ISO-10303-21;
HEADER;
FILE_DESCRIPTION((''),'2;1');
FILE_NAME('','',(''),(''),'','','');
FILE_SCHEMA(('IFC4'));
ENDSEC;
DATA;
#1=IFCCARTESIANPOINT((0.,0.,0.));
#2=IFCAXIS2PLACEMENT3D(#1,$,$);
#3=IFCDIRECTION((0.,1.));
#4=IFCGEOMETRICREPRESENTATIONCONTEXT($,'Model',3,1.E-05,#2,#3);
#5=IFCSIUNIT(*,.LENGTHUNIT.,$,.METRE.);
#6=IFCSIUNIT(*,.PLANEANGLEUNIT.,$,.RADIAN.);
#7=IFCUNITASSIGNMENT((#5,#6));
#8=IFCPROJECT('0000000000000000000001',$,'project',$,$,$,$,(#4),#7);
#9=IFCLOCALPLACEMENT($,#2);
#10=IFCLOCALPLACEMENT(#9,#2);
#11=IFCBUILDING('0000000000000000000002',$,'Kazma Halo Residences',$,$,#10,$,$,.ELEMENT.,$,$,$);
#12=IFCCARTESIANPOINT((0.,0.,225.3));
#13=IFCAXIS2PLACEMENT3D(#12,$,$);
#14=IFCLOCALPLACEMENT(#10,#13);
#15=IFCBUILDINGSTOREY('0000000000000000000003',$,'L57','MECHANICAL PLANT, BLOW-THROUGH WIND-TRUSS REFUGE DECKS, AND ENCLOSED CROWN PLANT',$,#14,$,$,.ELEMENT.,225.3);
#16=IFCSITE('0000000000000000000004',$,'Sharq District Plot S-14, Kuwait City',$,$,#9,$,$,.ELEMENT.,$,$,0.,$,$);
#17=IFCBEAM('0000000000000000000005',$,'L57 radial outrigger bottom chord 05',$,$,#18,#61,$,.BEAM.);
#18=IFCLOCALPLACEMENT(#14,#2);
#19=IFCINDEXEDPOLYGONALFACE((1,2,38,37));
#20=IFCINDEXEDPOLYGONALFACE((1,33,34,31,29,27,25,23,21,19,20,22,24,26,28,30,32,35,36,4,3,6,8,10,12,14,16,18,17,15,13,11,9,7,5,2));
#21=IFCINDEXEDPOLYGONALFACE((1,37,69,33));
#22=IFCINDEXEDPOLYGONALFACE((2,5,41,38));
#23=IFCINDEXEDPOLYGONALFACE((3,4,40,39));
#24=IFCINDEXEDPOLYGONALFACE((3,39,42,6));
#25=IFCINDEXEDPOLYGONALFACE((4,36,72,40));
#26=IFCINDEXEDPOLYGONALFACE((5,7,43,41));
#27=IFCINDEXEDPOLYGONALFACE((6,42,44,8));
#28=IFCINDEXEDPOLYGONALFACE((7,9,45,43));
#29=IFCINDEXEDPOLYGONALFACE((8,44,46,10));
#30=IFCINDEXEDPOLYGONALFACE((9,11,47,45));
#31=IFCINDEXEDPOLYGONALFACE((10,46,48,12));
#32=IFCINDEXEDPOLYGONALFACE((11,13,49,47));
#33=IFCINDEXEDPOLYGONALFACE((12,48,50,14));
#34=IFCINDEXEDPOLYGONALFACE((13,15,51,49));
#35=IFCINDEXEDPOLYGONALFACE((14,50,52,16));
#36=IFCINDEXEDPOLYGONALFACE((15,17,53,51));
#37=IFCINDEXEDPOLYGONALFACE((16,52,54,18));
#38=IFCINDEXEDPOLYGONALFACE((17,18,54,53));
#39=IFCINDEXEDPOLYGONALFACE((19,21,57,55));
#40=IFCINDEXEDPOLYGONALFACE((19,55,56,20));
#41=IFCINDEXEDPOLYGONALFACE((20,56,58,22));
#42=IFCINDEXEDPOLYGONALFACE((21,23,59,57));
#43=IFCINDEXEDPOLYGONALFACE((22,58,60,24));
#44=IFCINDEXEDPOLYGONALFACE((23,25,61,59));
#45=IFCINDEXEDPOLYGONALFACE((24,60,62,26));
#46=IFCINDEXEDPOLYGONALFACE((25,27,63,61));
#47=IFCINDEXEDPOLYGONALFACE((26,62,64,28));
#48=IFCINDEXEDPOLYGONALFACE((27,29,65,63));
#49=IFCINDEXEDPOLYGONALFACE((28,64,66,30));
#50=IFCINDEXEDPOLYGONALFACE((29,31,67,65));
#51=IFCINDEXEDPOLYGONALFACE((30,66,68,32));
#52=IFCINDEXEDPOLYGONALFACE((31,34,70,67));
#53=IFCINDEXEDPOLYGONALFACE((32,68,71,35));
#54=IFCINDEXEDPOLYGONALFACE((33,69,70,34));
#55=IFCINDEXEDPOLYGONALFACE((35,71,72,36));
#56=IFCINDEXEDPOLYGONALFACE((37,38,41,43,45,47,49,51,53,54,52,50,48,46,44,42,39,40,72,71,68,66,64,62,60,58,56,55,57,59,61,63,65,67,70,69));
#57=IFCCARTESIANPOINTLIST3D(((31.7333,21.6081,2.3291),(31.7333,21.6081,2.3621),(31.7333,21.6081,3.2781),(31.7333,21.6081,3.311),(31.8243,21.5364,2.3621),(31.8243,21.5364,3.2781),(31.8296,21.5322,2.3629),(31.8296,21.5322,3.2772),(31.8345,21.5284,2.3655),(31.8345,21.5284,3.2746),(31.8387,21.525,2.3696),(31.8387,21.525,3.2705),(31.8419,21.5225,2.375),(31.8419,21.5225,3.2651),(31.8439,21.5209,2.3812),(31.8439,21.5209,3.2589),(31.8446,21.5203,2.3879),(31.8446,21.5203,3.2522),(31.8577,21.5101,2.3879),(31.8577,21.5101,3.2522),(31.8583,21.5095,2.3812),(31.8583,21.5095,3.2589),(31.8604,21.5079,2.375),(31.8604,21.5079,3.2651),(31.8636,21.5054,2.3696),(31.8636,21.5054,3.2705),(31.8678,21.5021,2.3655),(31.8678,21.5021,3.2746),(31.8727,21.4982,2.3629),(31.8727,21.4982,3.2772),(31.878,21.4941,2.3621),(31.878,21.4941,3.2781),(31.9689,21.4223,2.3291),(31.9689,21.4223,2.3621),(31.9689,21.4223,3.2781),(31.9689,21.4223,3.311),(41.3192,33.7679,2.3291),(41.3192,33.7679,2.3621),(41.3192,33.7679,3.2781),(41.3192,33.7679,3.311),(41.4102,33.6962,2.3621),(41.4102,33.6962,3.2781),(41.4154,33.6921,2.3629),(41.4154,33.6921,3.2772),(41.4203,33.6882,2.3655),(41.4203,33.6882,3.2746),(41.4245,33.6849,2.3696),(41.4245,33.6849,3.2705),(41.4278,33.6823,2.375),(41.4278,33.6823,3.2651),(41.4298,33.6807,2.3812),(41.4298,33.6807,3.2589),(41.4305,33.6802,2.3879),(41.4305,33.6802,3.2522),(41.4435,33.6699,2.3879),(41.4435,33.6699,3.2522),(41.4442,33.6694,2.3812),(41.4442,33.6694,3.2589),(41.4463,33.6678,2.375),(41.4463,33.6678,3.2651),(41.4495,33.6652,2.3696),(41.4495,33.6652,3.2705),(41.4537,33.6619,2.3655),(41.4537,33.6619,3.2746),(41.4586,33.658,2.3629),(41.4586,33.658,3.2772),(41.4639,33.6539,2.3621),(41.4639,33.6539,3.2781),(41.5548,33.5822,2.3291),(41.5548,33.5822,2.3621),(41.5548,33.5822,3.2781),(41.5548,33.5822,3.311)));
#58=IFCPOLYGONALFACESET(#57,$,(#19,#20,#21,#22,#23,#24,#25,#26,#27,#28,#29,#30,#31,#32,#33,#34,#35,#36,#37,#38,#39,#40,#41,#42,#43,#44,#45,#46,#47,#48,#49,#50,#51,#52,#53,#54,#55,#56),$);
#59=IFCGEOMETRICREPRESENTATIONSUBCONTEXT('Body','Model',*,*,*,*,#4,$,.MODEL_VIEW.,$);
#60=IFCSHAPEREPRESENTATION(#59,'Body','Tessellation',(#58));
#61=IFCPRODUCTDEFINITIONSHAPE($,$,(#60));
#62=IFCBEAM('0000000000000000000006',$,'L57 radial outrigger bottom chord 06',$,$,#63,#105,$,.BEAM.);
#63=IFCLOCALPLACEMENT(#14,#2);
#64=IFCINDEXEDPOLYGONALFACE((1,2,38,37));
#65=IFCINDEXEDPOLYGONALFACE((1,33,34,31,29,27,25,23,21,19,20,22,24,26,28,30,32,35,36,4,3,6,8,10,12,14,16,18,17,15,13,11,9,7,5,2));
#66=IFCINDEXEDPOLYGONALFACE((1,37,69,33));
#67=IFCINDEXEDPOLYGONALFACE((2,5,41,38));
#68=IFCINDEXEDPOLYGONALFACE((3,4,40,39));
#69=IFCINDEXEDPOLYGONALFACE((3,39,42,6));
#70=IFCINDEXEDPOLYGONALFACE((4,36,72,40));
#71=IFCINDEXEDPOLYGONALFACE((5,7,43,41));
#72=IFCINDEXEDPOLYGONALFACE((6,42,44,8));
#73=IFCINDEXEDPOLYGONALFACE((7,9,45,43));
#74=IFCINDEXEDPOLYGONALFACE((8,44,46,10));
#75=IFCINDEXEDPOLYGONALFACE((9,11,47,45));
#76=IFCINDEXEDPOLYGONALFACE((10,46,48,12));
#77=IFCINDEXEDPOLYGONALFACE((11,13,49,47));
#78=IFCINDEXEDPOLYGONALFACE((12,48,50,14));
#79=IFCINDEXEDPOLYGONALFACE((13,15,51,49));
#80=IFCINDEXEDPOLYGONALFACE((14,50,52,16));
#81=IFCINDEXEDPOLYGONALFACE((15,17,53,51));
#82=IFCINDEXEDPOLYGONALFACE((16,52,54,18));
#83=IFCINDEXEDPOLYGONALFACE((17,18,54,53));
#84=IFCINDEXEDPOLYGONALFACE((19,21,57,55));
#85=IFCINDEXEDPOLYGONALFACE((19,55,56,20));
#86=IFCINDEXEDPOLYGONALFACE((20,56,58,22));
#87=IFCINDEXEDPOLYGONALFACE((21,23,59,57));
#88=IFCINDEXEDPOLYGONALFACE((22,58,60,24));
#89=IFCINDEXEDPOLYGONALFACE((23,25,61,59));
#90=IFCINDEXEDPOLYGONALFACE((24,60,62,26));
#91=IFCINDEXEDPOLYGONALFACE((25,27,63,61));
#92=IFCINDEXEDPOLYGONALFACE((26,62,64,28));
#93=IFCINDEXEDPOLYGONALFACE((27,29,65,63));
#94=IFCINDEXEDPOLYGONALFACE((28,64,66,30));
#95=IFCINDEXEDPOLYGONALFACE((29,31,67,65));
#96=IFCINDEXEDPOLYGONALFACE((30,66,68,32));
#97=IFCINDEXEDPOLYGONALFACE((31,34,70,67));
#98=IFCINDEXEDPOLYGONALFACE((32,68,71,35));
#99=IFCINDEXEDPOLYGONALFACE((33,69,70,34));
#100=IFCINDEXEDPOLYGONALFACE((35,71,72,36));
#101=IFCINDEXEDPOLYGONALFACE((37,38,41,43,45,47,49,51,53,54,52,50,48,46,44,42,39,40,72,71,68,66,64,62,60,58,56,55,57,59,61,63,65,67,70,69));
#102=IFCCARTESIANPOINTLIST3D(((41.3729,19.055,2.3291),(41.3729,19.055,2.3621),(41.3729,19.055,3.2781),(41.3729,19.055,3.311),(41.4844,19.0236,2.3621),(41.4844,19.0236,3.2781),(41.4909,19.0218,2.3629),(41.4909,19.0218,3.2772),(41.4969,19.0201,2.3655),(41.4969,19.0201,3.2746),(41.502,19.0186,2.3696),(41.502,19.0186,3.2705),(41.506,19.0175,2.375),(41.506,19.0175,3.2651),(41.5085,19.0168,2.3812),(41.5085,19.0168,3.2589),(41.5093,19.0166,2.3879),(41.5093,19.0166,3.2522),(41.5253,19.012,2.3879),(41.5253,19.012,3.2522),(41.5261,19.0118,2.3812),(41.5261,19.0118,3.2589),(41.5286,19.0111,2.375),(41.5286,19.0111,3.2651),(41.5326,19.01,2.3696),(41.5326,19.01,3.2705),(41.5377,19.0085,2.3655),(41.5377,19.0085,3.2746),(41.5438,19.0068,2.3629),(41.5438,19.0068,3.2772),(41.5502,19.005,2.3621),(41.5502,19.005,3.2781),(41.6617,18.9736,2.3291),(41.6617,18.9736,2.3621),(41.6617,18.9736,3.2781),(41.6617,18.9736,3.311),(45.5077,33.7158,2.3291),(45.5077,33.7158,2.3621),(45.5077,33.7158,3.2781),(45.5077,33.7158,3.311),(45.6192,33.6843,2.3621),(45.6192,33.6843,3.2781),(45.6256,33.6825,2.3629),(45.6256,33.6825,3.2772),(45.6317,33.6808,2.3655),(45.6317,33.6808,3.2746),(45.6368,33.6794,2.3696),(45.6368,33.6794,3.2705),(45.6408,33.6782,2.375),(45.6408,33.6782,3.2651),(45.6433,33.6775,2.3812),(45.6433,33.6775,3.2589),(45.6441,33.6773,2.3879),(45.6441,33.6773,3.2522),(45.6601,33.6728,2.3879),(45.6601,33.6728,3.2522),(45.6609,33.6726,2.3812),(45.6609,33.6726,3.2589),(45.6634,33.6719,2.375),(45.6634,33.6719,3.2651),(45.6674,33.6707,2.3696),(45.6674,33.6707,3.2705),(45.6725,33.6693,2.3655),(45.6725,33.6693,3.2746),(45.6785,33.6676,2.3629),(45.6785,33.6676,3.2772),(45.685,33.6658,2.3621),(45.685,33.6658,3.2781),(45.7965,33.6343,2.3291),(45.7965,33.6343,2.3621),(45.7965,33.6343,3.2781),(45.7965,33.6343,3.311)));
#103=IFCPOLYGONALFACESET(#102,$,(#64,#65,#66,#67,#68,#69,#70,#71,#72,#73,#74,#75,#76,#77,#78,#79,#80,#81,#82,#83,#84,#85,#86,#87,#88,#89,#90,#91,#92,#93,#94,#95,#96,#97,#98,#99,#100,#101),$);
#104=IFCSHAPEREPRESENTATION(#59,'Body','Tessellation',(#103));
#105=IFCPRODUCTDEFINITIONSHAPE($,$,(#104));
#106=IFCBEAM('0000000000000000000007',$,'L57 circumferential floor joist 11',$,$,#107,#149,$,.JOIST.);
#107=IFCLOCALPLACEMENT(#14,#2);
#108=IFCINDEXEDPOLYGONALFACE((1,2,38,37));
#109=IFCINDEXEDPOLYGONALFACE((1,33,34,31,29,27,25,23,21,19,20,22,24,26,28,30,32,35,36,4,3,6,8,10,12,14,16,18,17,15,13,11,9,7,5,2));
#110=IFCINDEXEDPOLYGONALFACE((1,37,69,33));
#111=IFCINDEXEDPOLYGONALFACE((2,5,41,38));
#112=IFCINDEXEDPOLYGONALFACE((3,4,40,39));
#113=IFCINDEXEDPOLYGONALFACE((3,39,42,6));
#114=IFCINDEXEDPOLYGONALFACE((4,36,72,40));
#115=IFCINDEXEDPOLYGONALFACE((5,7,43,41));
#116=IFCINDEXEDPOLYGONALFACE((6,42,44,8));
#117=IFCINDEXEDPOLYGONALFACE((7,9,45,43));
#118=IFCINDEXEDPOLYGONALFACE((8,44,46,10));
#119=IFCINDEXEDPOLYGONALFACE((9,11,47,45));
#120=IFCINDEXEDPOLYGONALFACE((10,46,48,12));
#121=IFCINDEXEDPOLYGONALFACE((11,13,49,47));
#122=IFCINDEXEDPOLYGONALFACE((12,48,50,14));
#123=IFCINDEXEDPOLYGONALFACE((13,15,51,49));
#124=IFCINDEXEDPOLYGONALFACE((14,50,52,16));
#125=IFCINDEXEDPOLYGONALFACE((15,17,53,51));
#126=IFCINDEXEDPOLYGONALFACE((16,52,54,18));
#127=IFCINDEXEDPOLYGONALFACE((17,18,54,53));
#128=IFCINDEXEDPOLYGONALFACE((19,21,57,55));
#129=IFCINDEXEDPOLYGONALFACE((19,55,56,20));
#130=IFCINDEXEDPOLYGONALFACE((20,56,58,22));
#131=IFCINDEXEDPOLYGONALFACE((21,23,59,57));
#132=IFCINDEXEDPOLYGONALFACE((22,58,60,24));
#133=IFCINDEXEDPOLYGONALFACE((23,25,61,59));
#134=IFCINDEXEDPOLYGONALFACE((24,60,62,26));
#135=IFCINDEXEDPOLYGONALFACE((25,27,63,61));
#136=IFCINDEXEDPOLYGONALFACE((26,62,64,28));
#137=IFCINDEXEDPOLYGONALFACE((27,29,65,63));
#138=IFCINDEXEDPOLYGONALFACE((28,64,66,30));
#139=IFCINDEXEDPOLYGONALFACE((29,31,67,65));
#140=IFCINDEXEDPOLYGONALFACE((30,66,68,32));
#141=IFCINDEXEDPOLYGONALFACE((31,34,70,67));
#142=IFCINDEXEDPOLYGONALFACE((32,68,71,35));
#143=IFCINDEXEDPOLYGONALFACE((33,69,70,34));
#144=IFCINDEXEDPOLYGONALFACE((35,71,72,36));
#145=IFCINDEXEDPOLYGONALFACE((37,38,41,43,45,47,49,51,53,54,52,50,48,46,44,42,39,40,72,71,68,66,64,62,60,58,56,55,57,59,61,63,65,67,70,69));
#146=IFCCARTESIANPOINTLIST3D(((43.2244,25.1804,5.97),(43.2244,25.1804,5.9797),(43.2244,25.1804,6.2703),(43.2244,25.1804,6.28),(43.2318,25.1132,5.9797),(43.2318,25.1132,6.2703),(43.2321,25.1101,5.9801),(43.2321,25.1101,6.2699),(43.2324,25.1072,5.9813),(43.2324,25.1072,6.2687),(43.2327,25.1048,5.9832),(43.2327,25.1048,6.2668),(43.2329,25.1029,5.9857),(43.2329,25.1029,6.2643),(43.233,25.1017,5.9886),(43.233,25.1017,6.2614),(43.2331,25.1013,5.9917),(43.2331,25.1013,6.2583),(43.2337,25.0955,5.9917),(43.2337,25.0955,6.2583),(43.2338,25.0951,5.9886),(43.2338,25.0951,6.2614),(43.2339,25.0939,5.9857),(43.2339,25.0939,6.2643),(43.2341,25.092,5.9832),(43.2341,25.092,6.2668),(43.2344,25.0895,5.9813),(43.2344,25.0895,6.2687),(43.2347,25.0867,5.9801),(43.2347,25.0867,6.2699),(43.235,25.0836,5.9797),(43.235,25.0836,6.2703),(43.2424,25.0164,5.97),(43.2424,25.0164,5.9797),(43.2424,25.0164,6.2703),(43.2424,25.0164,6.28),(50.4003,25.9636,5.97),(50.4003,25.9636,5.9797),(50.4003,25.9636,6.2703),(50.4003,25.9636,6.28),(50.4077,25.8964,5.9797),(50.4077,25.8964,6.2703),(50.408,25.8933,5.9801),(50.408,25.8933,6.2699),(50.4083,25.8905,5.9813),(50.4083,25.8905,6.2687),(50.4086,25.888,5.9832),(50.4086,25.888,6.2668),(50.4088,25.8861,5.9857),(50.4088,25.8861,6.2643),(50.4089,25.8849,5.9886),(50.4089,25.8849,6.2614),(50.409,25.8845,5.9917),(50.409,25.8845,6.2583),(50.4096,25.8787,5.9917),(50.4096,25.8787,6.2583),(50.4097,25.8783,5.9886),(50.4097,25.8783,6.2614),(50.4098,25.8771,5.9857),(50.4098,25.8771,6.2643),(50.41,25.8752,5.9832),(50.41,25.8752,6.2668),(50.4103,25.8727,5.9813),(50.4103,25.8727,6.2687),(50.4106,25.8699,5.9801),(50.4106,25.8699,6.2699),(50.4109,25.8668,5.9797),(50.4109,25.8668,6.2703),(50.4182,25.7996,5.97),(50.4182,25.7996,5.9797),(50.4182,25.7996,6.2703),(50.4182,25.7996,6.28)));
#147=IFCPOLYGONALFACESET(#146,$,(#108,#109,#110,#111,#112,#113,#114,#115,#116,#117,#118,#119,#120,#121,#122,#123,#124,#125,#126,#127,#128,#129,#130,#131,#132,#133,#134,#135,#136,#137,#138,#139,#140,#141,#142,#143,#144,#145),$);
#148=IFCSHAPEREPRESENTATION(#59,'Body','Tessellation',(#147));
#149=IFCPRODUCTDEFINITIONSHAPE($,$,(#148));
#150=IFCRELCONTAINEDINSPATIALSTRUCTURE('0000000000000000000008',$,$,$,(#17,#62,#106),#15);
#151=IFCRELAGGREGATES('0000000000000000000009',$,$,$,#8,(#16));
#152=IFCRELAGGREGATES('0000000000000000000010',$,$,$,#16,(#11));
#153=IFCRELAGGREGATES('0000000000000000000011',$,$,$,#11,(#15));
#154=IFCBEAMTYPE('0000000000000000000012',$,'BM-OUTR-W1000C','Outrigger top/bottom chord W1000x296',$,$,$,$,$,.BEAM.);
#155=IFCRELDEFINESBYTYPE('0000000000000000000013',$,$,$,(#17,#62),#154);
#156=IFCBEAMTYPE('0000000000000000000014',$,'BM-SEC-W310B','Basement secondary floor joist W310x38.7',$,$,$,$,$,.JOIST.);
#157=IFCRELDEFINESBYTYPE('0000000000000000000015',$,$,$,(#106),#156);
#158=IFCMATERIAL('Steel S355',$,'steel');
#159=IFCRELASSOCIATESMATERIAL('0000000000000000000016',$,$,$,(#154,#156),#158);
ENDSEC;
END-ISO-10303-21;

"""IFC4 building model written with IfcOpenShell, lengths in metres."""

from ifc_helpers import new_model, si_unit, direction, frame, origin, origin_2d, place, context, subcontext, project, spatial, i_section, extrude, material, material_profile, profile_set, type_object, element, save


model = new_model("IFC4")

# Units and contexts
model_context = context("Model", 3, precision=1e-05, world=origin(), true_north=direction((0.0, 1.0)))
body_context = subcontext(model_context, "Body", "Model", "MODEL_VIEW")
ifc_project = project(units=[si_unit("LENGTHUNIT", "METRE"), si_unit("PLANEANGLEUNIT", "RADIAN")], contexts=[model_context])

# Site, building, storey
site_placement = place(None, origin())
site = spatial("IfcSite", under=ifc_project, at=site_placement, Name="Sharq District Plot S-14, Kuwait City", CompositionType="ELEMENT", RefElevation=0.0)
building_placement = place(site_placement, origin())
building = spatial("IfcBuilding", under=site, at=building_placement, Name="Kazma Halo Residences", CompositionType="ELEMENT")
storey_placement = place(building_placement, frame((0.0, 0.0, 225.3)))
storey = spatial("IfcBuildingStorey", under=building, at=storey_placement, Name="L57", Description="MECHANICAL PLANT, BLOW-THROUGH WIND-TRUSS REFUGE DECKS, AND ENCLOSED CROWN PLANT", CompositionType="ELEMENT", Elevation=225.3)

# Beams
ifc_material_1 = material(Name="Steel S355", Category="steel")
ifc_material_profile_1 = material_profile(ifc_material_1, i_section(OverallWidth=0.3, OverallDepth=0.9819, WebThickness=0.0166, FlangeThickness=0.033, FilletRadius=0.0259, at=origin_2d()), Name="W1000x296")
ifc_profile_set_1 = profile_set([ifc_material_profile_1], Name="Steel S355")
beam_type_1 = type_object("IfcBeamType", Name="BM-OUTR-W1000C", Description="Outrigger top/bottom chord W1000x296", PredefinedType="BEAM", material=ifc_profile_set_1)
beam_1_placement = place(storey_placement, frame((41.437, 33.675, 2.8201), z_axis=(-0.619087, -0.785322, 0.0), x_axis=(0.785322, -0.619087, 0.0)))
element("IfcBeam", 1, at=beam_1_placement, inside=storey, type_object=beam_type_1, Name="L57 radial outrigger bottom chord 05", PredefinedType="BEAM", context=body_context, shape_type="SweptSolid", body=[
    extrude(i_section(OverallWidth=0.3, OverallDepth=0.9819, WebThickness=0.0166, FlangeThickness=0.033, FilletRadius=0.0259, at=origin_2d()), origin(), (0.0, 0.0, 1.0), 15.4839),
])
beam_2_placement = place(storey_placement, frame((45.6521, 33.675, 2.8201), z_axis=(-0.271443, -0.962455, 0.0), x_axis=(0.962455, -0.271443, 0.0)))
element("IfcBeam", 2, at=beam_2_placement, inside=storey, type_object=beam_type_1, Name="L57 radial outrigger bottom chord 06", PredefinedType="BEAM", context=body_context, shape_type="SweptSolid", body=[
    extrude(i_section(OverallWidth=0.3, OverallDepth=0.9819, WebThickness=0.0166, FlangeThickness=0.033, FilletRadius=0.0259, at=origin_2d()), origin(), (0.0, 0.0, 1.0), 15.2327),
])
ifc_material_profile_2 = material_profile(ifc_material_1, i_section(OverallWidth=0.165, OverallDepth=0.3101, WebThickness=0.0059, FlangeThickness=0.0098, FilletRadius=0.012, at=origin_2d()), Name="W310x38.7")
ifc_profile_set_2 = profile_set([ifc_material_profile_2], Name="Steel S355")
beam_type_2 = type_object("IfcBeamType", Name="BM-SEC-W310B", Description="Basement secondary floor joist W310x38.7", PredefinedType="JOIST", material=ifc_profile_set_2)
beam_3_placement = place(storey_placement, frame((43.2334, 25.0984, 6.125), z_axis=(0.994096, 0.108501, 0.0), x_axis=(-0.108501, 0.994096, 0.0)))
element("IfcBeam", 3, at=beam_3_placement, inside=storey, type_object=beam_type_2, Name="L57 circumferential floor joist 11", PredefinedType="JOIST", context=body_context, shape_type="SweptSolid", body=[
    extrude(i_section(OverallWidth=0.165, OverallDepth=0.3101, WebThickness=0.0059, FlangeThickness=0.0098, FilletRadius=0.012, at=origin_2d()), origin(), (0.0, 0.0, 1.0), 7.2185),
])

save(model, "model.ifc")
